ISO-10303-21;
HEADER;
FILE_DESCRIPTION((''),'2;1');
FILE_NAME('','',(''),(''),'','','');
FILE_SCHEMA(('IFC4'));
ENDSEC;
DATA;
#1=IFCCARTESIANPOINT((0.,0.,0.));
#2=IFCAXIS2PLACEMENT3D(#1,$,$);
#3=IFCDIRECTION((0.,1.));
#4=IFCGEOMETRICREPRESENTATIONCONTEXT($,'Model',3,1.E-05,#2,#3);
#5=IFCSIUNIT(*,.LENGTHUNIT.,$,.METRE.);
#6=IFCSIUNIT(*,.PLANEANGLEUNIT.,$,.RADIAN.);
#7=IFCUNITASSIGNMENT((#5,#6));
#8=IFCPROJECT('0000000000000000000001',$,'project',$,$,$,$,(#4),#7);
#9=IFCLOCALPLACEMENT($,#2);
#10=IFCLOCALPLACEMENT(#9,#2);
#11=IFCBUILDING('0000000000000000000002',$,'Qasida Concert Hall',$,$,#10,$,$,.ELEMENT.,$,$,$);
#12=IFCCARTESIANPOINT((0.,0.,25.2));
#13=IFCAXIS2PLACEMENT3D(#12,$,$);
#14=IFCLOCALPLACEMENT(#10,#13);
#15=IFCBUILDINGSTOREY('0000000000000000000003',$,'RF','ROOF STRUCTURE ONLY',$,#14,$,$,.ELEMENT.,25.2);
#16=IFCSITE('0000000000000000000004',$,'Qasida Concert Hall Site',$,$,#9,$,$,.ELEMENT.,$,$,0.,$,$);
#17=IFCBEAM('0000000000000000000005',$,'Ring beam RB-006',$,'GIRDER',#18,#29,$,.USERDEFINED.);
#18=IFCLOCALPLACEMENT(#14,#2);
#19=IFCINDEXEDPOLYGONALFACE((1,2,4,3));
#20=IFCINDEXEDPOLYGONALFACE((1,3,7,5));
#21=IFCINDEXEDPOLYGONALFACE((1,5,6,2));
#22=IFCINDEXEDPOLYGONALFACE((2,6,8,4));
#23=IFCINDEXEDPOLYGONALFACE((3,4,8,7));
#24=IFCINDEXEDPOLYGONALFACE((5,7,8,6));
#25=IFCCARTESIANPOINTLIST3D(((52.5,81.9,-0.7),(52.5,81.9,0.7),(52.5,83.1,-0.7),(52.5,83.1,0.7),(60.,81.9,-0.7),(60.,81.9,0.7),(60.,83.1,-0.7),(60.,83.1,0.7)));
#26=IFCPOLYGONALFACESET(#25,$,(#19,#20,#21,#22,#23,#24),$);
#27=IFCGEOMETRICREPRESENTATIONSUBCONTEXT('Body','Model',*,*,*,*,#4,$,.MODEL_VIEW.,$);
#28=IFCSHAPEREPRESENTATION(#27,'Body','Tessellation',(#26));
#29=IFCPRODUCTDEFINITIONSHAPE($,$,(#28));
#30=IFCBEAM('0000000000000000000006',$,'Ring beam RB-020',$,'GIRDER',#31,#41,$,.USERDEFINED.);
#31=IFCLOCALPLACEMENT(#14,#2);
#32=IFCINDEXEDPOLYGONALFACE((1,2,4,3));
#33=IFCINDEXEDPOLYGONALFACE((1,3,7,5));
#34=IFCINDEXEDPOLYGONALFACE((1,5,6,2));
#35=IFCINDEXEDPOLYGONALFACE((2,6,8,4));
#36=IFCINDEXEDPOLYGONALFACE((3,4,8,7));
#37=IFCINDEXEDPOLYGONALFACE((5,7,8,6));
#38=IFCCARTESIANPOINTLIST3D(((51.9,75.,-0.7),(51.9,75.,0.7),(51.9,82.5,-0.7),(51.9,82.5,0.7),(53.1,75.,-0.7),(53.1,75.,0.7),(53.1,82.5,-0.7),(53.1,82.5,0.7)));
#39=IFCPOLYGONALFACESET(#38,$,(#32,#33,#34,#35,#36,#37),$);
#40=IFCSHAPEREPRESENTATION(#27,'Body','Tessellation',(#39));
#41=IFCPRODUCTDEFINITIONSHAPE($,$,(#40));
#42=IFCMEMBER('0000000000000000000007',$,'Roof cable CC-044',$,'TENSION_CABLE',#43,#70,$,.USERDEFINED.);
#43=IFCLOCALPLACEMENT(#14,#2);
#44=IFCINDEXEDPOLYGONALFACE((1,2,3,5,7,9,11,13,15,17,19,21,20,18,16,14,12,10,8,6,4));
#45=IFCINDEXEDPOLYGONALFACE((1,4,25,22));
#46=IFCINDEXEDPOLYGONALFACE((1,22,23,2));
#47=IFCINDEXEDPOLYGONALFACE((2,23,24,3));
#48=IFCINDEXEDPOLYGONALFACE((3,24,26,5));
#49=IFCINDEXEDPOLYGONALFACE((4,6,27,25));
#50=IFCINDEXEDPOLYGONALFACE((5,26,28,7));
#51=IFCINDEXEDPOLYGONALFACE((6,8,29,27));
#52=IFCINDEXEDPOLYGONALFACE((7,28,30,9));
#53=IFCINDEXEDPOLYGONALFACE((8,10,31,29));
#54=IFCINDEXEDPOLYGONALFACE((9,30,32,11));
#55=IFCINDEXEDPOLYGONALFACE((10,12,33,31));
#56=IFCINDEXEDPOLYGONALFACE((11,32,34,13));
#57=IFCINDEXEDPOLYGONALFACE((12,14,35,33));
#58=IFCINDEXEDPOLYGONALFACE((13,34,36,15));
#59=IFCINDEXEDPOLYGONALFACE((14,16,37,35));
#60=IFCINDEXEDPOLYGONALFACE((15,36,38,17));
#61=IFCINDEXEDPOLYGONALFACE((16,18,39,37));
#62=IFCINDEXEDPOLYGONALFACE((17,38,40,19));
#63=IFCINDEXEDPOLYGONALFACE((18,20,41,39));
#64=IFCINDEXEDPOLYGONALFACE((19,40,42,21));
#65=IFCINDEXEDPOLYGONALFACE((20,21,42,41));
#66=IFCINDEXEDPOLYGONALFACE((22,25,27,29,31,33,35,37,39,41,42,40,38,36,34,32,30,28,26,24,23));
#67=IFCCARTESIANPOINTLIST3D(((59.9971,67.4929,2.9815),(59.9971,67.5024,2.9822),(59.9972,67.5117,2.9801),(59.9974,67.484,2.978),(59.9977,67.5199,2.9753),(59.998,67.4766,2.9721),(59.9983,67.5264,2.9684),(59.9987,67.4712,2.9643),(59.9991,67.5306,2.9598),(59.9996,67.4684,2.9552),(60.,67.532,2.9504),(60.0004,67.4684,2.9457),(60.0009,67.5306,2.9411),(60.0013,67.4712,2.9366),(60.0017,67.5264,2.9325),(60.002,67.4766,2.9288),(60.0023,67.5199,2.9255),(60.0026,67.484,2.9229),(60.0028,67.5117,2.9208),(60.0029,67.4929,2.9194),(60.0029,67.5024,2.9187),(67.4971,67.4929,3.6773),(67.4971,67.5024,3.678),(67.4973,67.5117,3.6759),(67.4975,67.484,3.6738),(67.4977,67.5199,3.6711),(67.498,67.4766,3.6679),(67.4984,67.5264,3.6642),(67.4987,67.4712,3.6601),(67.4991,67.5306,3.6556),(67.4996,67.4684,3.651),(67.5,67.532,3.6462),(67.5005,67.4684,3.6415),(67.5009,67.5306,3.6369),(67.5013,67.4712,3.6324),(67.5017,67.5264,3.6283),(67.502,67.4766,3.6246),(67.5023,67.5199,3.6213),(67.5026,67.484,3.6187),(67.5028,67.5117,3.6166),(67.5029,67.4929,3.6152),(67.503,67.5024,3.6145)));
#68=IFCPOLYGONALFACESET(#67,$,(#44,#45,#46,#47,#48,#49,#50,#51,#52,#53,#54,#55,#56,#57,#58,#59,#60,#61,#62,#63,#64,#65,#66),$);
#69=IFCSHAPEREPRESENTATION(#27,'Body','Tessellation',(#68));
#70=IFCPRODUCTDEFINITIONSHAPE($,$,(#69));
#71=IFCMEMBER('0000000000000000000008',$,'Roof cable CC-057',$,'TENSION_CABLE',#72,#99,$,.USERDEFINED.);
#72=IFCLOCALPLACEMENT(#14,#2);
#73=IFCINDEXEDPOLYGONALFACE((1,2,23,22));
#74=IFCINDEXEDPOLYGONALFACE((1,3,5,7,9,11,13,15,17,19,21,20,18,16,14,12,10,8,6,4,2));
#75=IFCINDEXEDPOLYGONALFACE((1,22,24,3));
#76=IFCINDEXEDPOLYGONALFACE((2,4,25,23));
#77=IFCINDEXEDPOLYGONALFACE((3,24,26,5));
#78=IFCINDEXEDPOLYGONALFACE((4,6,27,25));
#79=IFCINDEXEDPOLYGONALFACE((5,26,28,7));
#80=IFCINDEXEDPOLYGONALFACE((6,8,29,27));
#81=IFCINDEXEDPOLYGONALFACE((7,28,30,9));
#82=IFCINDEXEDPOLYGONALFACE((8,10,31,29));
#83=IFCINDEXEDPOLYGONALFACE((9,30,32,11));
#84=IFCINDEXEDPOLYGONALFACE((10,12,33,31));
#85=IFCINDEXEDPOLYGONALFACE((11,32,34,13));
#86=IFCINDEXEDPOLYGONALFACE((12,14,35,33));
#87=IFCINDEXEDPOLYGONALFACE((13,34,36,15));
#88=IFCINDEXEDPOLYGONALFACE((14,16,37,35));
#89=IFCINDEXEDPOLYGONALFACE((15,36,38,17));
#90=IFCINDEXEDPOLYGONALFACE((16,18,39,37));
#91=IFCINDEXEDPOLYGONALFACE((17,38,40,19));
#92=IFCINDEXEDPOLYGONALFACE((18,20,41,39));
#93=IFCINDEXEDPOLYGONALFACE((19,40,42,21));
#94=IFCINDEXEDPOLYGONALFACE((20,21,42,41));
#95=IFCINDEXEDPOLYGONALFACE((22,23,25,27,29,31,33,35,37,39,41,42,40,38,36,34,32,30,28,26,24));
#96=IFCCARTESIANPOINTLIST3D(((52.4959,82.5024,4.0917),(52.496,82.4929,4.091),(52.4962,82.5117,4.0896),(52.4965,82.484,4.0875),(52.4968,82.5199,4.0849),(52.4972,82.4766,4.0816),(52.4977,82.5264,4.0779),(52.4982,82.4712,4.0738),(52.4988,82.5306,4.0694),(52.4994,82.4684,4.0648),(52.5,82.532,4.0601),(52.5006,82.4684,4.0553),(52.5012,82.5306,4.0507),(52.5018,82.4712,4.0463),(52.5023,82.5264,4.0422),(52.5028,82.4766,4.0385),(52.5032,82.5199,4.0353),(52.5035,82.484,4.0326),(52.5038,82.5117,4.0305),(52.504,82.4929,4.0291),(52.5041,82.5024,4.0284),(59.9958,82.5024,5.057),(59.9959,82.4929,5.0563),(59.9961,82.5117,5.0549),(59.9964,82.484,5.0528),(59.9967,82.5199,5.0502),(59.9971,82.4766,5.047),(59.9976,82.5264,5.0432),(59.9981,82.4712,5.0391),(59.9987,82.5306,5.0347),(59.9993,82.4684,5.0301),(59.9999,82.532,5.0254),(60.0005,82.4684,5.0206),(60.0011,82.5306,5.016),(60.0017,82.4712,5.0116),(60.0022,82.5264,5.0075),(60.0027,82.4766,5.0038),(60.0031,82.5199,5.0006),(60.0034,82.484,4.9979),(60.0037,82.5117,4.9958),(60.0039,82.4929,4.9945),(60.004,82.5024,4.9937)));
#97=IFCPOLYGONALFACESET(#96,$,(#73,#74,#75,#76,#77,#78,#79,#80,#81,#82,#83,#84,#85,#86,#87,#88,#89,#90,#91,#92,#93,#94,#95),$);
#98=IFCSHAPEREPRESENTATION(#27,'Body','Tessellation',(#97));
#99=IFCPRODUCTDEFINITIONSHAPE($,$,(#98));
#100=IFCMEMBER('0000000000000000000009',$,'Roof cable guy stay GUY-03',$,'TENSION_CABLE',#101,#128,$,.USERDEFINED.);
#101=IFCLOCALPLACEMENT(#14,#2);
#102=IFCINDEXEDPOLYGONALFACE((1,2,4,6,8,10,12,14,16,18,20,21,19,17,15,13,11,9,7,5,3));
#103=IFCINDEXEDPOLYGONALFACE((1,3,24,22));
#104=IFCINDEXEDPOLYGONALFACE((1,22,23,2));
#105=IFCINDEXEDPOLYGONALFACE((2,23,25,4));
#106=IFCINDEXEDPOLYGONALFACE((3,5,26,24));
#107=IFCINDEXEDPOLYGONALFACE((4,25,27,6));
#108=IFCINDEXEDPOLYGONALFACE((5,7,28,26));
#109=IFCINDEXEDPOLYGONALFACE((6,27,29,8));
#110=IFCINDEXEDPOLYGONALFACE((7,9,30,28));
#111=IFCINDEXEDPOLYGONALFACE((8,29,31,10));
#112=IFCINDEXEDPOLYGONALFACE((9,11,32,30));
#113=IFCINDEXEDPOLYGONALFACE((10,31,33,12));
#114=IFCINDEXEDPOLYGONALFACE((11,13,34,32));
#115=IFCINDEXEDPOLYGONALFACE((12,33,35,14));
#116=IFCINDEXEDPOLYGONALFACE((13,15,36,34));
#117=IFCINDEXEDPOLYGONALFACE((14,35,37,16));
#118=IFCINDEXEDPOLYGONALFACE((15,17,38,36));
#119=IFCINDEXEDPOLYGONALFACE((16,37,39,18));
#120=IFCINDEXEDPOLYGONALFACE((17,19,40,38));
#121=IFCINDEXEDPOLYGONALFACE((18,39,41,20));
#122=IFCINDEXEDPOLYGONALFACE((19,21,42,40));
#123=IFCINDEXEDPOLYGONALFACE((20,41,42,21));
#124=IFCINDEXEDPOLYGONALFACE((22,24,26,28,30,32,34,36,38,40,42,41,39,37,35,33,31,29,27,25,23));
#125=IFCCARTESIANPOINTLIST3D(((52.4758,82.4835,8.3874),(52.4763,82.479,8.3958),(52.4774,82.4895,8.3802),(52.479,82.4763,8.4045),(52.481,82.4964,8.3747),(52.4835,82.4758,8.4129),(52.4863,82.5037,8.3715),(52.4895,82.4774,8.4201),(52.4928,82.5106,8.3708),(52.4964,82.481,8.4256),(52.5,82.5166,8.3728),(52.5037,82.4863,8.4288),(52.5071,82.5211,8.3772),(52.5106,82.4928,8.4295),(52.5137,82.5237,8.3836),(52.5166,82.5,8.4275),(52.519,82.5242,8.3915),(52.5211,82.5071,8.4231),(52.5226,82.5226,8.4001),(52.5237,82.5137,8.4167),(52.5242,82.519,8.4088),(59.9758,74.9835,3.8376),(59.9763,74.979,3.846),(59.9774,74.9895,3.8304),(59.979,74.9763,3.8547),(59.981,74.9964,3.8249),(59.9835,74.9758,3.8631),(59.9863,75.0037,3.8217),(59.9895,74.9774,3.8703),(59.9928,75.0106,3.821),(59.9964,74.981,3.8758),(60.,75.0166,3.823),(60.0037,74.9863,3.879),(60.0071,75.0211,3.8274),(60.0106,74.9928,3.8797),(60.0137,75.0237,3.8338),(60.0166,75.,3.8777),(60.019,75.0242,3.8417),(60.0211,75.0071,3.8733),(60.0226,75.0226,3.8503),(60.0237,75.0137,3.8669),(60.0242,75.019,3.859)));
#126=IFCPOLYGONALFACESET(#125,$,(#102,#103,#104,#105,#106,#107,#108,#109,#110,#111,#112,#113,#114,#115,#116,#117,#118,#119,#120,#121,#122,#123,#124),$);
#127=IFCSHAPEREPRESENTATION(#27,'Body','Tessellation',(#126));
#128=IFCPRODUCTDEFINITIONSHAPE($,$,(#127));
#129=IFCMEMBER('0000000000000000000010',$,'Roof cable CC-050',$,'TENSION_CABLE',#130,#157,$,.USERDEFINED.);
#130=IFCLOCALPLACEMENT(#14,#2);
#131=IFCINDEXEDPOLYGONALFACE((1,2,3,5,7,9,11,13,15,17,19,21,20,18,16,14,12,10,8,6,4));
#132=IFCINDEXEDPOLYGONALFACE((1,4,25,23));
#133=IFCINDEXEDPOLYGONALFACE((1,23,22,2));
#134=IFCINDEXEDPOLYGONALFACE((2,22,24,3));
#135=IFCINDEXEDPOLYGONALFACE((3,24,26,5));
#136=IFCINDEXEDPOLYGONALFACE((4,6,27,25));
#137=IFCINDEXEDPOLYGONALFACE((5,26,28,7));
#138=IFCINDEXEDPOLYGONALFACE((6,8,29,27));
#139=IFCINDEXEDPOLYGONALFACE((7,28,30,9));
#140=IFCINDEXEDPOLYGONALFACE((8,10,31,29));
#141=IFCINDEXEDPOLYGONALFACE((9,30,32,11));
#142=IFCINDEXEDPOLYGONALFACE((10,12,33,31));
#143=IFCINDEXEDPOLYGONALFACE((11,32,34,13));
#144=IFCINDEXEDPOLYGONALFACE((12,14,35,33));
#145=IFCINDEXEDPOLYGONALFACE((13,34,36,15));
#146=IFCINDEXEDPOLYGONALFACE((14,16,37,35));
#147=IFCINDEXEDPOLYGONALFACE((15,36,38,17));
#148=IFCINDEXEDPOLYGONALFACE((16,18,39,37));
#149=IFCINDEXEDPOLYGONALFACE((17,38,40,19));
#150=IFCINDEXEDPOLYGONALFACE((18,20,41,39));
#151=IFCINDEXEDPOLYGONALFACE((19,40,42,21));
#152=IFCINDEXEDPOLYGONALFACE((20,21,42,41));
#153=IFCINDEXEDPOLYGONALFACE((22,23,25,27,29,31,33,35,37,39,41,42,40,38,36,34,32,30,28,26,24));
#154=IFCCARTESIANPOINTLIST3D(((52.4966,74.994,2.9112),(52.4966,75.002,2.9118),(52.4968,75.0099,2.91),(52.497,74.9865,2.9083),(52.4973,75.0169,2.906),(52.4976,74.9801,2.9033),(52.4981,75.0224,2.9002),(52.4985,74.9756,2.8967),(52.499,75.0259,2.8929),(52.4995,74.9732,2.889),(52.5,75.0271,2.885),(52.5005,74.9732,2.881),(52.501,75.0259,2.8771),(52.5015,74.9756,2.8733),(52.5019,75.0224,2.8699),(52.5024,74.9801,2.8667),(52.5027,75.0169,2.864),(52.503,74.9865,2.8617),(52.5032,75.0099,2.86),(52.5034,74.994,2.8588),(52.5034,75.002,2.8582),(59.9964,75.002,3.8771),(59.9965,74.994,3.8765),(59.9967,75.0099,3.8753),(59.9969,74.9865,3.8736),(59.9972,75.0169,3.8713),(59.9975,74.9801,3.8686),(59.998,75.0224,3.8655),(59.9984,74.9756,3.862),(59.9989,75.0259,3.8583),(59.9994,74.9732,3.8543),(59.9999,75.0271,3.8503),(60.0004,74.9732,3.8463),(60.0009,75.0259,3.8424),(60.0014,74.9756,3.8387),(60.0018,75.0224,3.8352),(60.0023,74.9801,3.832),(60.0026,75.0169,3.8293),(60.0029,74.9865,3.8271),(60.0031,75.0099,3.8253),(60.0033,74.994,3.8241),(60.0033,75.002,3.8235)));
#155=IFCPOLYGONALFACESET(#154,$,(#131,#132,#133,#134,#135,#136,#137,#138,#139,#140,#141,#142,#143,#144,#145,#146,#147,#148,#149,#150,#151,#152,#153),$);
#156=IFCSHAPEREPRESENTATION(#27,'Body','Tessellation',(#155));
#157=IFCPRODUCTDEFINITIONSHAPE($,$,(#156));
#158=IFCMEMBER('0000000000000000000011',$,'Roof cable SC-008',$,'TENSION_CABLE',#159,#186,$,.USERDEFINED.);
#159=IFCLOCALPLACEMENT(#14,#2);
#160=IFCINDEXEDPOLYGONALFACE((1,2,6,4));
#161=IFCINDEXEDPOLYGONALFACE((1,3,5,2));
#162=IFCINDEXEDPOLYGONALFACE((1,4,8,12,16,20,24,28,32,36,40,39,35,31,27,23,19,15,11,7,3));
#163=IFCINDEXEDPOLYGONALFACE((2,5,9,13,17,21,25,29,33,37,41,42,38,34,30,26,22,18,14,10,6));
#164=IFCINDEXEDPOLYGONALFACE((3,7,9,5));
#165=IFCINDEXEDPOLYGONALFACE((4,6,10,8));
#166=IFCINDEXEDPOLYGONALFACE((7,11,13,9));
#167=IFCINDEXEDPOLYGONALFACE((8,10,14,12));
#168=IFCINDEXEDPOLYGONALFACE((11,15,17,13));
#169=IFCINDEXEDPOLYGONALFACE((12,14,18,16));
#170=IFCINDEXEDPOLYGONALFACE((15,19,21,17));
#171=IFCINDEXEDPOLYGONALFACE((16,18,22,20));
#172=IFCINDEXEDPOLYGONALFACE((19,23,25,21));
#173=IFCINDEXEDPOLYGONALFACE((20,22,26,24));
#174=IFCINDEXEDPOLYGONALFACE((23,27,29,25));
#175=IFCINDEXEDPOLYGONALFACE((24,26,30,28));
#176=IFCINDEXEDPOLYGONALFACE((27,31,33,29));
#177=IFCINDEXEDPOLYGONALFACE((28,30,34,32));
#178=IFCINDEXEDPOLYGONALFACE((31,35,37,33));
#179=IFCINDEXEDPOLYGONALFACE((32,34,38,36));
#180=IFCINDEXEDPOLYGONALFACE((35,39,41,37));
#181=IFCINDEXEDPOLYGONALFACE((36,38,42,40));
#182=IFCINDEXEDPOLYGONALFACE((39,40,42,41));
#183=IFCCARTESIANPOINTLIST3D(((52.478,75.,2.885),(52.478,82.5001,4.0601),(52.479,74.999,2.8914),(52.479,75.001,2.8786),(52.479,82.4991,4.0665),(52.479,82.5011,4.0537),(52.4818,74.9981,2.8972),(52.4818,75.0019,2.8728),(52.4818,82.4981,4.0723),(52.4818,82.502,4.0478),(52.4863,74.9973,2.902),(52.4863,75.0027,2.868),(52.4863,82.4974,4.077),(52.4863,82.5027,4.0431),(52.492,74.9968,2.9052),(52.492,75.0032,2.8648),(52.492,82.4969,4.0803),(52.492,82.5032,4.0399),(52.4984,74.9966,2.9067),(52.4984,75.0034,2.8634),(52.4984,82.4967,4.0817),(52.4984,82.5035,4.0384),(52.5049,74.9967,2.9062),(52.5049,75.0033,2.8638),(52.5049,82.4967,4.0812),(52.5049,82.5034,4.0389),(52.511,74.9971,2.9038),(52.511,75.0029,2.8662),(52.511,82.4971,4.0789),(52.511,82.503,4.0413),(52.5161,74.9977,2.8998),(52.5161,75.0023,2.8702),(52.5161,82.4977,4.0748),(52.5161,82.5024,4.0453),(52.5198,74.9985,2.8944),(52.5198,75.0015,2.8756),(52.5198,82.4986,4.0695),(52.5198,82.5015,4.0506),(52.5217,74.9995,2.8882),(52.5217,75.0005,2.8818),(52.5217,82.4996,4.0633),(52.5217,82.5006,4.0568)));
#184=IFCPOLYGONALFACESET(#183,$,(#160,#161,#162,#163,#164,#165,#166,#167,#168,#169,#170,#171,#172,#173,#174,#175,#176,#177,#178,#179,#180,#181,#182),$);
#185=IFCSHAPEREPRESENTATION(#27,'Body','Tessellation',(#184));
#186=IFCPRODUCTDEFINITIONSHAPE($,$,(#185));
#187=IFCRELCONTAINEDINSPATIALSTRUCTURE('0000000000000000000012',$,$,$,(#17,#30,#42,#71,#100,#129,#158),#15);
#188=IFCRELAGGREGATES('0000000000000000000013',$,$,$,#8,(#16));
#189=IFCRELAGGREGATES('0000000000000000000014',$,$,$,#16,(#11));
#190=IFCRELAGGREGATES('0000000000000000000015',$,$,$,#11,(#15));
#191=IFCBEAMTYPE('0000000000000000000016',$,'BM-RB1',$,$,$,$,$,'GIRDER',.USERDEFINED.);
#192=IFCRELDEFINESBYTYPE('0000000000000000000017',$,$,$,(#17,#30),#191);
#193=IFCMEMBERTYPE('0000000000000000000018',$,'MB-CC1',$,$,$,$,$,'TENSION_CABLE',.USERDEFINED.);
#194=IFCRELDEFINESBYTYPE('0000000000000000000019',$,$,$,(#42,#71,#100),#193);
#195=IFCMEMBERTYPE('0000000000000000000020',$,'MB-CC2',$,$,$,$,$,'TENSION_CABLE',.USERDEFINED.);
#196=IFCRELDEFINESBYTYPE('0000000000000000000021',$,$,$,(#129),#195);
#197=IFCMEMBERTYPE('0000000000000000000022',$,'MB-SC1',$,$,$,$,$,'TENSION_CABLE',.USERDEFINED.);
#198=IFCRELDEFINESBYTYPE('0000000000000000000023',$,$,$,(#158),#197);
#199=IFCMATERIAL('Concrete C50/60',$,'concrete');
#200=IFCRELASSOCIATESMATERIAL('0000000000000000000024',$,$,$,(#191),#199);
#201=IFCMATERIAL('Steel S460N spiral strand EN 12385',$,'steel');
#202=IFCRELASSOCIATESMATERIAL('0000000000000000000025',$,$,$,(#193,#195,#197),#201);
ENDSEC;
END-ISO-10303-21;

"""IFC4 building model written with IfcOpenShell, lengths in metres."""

from ifc_helpers import new_model, si_unit, direction, frame, origin, origin_2d, place, context, subcontext, project, spatial, rectangle, circle, extrude, material, material_profile, profile_set, type_object, element, save


model = new_model("IFC4")

# Units and contexts
model_context = context("Model", 3, precision=1e-05, world=origin(), true_north=direction((0.0, 1.0)))
body_context = subcontext(model_context, "Body", "Model", "MODEL_VIEW")
ifc_project = project(units=[si_unit("LENGTHUNIT", "METRE"), si_unit("PLANEANGLEUNIT", "RADIAN")], contexts=[model_context])

# Site, building, storey
site_placement = place(None, origin())
site = spatial("IfcSite", under=ifc_project, at=site_placement, Name="Qasida Concert Hall Site", CompositionType="ELEMENT", RefElevation=0.0)
building_placement = place(site_placement, origin())
building = spatial("IfcBuilding", under=site, at=building_placement, Name="Qasida Concert Hall", CompositionType="ELEMENT")
storey_placement = place(building_placement, frame((0.0, 0.0, 25.2)))
storey = spatial("IfcBuildingStorey", under=building, at=storey_placement, Name="RF", Description="ROOF STRUCTURE ONLY", CompositionType="ELEMENT", Elevation=25.2)

# Beams
ifc_material_1 = material(Name="Concrete C50/60", Category="concrete")
ifc_material_profile_1 = material_profile(ifc_material_1, rectangle(XDim=1.2, YDim=1.3999, at=origin_2d()), Name="RC 1200x1400")
ifc_profile_set_1 = profile_set([ifc_material_profile_1], Name="Concrete C50/60")
beam_type = type_object("IfcBeamType", Name="BM-RB1", ElementType="GIRDER", PredefinedType="USERDEFINED", material=ifc_profile_set_1)
for number, where, z_axis, x_axis, name in (
    (1, (52.5, 82.5, 0.0), (1.0, 0.0, 0.0), (0.0, 1.0, 0.0), "Ring beam RB-006"),
    (2, (52.5, 75.0, 0.0), (0.0, 1.0, 0.0), (-1.0, 0.0, 0.0), "Ring beam RB-020"),
):
    element("IfcBeam", number, at=place(storey_placement, frame(where, z_axis=z_axis, x_axis=x_axis)), inside=storey, type_object=beam_type, Name=name, ObjectType="GIRDER", PredefinedType="USERDEFINED", context=body_context, shape_type="SweptSolid", body=[
        extrude(rectangle(XDim=1.2, YDim=1.3999, at=origin_2d()), origin(), (0.0, 0.0, 1.0), 7.5),
    ])

# Members
ifc_material_2 = material(Name="Steel S460N spiral strand EN 12385", Category="steel")
ifc_material_profile_2 = material_profile(ifc_material_2, circle(Radius=0.032, at=origin_2d()), Name="STRAND D64")
ifc_profile_set_2 = profile_set([ifc_material_profile_2], Name="Steel S460N spiral strand EN 12385")
member_type_1 = type_object("IfcMemberType", Name="MB-CC1", ElementType="TENSION_CABLE", PredefinedType="USERDEFINED", material=ifc_profile_set_2)
member_1_placement = place(storey_placement, frame((60.0, 67.5, 2.9504), z_axis=(0.995724, 0.0, 0.092377), x_axis=(0.0, 1.0, 0.0)))
element("IfcMember", 3, at=member_1_placement, inside=storey, type_object=member_type_1, Name="Roof cable CC-044", ObjectType="TENSION_CABLE", PredefinedType="USERDEFINED", context=body_context, shape_type="SweptSolid", body=[
    extrude(circle(Radius=0.032, at=origin_2d()), origin(), (0.0, 0.0, 1.0), 7.5322),
])
member_2_placement = place(storey_placement, frame((52.5, 82.5, 4.0601), z_axis=(0.991818, 0.0, 0.127658), x_axis=(0.0, 1.0, 0.0)))
element("IfcMember", 4, at=member_2_placement, inside=storey, type_object=member_type_1, Name="Roof cable CC-057", ObjectType="TENSION_CABLE", PredefinedType="USERDEFINED", context=body_context, shape_type="SweptSolid", body=[
    extrude(circle(Radius=0.032, at=origin_2d()), origin(), (0.0, 0.0, 1.0), 7.5618),
])
member_3_placement = place(storey_placement, frame((52.5, 82.5, 8.4001), z_axis=(0.649842, -0.649842, -0.394221), x_axis=(0.707107, 0.707107, 0.0)))
element("IfcMember", 5, at=member_3_placement, inside=storey, type_object=member_type_1, Name="Roof cable guy stay GUY-03", ObjectType="TENSION_CABLE", PredefinedType="USERDEFINED", context=body_context, shape_type="SweptSolid", body=[
    extrude(circle(Radius=0.032, at=origin_2d()), origin(), (0.0, 0.0, 1.0), 11.5413),
])
ifc_material_profile_3 = material_profile(ifc_material_2, circle(Radius=0.0271, at=origin_2d()), Name="STRAND D54")
ifc_profile_set_3 = profile_set([ifc_material_profile_3], Name="Steel S460N spiral strand EN 12385")
member_type_2 = type_object("IfcMemberType", Name="MB-CC2", ElementType="TENSION_CABLE", PredefinedType="USERDEFINED", material=ifc_profile_set_3)
member_4_placement = place(storey_placement, frame((52.5, 75.0, 2.885), z_axis=(0.991818, 0.0, 0.127658), x_axis=(0.0, 1.0, 0.0)))
element("IfcMember", 6, at=member_4_placement, inside=storey, type_object=member_type_2, Name="Roof cable CC-050", ObjectType="TENSION_CABLE", PredefinedType="USERDEFINED", context=body_context, shape_type="SweptSolid", body=[
    extrude(circle(Radius=0.0271, at=origin_2d()), origin(), (0.0, 0.0, 1.0), 7.5618),
])
ifc_material_profile_4 = material_profile(ifc_material_2, circle(Radius=0.022, at=origin_2d()), Name="STRAND D44")
ifc_profile_set_4 = profile_set([ifc_material_profile_4], Name="Steel S460N spiral strand EN 12385")
member_type_3 = type_object("IfcMemberType", Name="MB-SC1", ElementType="TENSION_CABLE", PredefinedType="USERDEFINED", material=ifc_profile_set_4)
member_5_placement = place(storey_placement, frame((52.5, 75.0, 2.885), z_axis=(0.0, 0.987948, 0.154785), x_axis=(-1.0, 0.0, 0.0)))
element("IfcMember", 7, at=member_5_placement, inside=storey, type_object=member_type_3, Name="Roof cable SC-008", ObjectType="TENSION_CABLE", PredefinedType="USERDEFINED", context=body_context, shape_type="SweptSolid", body=[
    extrude(circle(Radius=0.022, at=origin_2d()), origin(), (0.0, 0.0, 1.0), 7.5916),
])

save(model, "model.ifc")
